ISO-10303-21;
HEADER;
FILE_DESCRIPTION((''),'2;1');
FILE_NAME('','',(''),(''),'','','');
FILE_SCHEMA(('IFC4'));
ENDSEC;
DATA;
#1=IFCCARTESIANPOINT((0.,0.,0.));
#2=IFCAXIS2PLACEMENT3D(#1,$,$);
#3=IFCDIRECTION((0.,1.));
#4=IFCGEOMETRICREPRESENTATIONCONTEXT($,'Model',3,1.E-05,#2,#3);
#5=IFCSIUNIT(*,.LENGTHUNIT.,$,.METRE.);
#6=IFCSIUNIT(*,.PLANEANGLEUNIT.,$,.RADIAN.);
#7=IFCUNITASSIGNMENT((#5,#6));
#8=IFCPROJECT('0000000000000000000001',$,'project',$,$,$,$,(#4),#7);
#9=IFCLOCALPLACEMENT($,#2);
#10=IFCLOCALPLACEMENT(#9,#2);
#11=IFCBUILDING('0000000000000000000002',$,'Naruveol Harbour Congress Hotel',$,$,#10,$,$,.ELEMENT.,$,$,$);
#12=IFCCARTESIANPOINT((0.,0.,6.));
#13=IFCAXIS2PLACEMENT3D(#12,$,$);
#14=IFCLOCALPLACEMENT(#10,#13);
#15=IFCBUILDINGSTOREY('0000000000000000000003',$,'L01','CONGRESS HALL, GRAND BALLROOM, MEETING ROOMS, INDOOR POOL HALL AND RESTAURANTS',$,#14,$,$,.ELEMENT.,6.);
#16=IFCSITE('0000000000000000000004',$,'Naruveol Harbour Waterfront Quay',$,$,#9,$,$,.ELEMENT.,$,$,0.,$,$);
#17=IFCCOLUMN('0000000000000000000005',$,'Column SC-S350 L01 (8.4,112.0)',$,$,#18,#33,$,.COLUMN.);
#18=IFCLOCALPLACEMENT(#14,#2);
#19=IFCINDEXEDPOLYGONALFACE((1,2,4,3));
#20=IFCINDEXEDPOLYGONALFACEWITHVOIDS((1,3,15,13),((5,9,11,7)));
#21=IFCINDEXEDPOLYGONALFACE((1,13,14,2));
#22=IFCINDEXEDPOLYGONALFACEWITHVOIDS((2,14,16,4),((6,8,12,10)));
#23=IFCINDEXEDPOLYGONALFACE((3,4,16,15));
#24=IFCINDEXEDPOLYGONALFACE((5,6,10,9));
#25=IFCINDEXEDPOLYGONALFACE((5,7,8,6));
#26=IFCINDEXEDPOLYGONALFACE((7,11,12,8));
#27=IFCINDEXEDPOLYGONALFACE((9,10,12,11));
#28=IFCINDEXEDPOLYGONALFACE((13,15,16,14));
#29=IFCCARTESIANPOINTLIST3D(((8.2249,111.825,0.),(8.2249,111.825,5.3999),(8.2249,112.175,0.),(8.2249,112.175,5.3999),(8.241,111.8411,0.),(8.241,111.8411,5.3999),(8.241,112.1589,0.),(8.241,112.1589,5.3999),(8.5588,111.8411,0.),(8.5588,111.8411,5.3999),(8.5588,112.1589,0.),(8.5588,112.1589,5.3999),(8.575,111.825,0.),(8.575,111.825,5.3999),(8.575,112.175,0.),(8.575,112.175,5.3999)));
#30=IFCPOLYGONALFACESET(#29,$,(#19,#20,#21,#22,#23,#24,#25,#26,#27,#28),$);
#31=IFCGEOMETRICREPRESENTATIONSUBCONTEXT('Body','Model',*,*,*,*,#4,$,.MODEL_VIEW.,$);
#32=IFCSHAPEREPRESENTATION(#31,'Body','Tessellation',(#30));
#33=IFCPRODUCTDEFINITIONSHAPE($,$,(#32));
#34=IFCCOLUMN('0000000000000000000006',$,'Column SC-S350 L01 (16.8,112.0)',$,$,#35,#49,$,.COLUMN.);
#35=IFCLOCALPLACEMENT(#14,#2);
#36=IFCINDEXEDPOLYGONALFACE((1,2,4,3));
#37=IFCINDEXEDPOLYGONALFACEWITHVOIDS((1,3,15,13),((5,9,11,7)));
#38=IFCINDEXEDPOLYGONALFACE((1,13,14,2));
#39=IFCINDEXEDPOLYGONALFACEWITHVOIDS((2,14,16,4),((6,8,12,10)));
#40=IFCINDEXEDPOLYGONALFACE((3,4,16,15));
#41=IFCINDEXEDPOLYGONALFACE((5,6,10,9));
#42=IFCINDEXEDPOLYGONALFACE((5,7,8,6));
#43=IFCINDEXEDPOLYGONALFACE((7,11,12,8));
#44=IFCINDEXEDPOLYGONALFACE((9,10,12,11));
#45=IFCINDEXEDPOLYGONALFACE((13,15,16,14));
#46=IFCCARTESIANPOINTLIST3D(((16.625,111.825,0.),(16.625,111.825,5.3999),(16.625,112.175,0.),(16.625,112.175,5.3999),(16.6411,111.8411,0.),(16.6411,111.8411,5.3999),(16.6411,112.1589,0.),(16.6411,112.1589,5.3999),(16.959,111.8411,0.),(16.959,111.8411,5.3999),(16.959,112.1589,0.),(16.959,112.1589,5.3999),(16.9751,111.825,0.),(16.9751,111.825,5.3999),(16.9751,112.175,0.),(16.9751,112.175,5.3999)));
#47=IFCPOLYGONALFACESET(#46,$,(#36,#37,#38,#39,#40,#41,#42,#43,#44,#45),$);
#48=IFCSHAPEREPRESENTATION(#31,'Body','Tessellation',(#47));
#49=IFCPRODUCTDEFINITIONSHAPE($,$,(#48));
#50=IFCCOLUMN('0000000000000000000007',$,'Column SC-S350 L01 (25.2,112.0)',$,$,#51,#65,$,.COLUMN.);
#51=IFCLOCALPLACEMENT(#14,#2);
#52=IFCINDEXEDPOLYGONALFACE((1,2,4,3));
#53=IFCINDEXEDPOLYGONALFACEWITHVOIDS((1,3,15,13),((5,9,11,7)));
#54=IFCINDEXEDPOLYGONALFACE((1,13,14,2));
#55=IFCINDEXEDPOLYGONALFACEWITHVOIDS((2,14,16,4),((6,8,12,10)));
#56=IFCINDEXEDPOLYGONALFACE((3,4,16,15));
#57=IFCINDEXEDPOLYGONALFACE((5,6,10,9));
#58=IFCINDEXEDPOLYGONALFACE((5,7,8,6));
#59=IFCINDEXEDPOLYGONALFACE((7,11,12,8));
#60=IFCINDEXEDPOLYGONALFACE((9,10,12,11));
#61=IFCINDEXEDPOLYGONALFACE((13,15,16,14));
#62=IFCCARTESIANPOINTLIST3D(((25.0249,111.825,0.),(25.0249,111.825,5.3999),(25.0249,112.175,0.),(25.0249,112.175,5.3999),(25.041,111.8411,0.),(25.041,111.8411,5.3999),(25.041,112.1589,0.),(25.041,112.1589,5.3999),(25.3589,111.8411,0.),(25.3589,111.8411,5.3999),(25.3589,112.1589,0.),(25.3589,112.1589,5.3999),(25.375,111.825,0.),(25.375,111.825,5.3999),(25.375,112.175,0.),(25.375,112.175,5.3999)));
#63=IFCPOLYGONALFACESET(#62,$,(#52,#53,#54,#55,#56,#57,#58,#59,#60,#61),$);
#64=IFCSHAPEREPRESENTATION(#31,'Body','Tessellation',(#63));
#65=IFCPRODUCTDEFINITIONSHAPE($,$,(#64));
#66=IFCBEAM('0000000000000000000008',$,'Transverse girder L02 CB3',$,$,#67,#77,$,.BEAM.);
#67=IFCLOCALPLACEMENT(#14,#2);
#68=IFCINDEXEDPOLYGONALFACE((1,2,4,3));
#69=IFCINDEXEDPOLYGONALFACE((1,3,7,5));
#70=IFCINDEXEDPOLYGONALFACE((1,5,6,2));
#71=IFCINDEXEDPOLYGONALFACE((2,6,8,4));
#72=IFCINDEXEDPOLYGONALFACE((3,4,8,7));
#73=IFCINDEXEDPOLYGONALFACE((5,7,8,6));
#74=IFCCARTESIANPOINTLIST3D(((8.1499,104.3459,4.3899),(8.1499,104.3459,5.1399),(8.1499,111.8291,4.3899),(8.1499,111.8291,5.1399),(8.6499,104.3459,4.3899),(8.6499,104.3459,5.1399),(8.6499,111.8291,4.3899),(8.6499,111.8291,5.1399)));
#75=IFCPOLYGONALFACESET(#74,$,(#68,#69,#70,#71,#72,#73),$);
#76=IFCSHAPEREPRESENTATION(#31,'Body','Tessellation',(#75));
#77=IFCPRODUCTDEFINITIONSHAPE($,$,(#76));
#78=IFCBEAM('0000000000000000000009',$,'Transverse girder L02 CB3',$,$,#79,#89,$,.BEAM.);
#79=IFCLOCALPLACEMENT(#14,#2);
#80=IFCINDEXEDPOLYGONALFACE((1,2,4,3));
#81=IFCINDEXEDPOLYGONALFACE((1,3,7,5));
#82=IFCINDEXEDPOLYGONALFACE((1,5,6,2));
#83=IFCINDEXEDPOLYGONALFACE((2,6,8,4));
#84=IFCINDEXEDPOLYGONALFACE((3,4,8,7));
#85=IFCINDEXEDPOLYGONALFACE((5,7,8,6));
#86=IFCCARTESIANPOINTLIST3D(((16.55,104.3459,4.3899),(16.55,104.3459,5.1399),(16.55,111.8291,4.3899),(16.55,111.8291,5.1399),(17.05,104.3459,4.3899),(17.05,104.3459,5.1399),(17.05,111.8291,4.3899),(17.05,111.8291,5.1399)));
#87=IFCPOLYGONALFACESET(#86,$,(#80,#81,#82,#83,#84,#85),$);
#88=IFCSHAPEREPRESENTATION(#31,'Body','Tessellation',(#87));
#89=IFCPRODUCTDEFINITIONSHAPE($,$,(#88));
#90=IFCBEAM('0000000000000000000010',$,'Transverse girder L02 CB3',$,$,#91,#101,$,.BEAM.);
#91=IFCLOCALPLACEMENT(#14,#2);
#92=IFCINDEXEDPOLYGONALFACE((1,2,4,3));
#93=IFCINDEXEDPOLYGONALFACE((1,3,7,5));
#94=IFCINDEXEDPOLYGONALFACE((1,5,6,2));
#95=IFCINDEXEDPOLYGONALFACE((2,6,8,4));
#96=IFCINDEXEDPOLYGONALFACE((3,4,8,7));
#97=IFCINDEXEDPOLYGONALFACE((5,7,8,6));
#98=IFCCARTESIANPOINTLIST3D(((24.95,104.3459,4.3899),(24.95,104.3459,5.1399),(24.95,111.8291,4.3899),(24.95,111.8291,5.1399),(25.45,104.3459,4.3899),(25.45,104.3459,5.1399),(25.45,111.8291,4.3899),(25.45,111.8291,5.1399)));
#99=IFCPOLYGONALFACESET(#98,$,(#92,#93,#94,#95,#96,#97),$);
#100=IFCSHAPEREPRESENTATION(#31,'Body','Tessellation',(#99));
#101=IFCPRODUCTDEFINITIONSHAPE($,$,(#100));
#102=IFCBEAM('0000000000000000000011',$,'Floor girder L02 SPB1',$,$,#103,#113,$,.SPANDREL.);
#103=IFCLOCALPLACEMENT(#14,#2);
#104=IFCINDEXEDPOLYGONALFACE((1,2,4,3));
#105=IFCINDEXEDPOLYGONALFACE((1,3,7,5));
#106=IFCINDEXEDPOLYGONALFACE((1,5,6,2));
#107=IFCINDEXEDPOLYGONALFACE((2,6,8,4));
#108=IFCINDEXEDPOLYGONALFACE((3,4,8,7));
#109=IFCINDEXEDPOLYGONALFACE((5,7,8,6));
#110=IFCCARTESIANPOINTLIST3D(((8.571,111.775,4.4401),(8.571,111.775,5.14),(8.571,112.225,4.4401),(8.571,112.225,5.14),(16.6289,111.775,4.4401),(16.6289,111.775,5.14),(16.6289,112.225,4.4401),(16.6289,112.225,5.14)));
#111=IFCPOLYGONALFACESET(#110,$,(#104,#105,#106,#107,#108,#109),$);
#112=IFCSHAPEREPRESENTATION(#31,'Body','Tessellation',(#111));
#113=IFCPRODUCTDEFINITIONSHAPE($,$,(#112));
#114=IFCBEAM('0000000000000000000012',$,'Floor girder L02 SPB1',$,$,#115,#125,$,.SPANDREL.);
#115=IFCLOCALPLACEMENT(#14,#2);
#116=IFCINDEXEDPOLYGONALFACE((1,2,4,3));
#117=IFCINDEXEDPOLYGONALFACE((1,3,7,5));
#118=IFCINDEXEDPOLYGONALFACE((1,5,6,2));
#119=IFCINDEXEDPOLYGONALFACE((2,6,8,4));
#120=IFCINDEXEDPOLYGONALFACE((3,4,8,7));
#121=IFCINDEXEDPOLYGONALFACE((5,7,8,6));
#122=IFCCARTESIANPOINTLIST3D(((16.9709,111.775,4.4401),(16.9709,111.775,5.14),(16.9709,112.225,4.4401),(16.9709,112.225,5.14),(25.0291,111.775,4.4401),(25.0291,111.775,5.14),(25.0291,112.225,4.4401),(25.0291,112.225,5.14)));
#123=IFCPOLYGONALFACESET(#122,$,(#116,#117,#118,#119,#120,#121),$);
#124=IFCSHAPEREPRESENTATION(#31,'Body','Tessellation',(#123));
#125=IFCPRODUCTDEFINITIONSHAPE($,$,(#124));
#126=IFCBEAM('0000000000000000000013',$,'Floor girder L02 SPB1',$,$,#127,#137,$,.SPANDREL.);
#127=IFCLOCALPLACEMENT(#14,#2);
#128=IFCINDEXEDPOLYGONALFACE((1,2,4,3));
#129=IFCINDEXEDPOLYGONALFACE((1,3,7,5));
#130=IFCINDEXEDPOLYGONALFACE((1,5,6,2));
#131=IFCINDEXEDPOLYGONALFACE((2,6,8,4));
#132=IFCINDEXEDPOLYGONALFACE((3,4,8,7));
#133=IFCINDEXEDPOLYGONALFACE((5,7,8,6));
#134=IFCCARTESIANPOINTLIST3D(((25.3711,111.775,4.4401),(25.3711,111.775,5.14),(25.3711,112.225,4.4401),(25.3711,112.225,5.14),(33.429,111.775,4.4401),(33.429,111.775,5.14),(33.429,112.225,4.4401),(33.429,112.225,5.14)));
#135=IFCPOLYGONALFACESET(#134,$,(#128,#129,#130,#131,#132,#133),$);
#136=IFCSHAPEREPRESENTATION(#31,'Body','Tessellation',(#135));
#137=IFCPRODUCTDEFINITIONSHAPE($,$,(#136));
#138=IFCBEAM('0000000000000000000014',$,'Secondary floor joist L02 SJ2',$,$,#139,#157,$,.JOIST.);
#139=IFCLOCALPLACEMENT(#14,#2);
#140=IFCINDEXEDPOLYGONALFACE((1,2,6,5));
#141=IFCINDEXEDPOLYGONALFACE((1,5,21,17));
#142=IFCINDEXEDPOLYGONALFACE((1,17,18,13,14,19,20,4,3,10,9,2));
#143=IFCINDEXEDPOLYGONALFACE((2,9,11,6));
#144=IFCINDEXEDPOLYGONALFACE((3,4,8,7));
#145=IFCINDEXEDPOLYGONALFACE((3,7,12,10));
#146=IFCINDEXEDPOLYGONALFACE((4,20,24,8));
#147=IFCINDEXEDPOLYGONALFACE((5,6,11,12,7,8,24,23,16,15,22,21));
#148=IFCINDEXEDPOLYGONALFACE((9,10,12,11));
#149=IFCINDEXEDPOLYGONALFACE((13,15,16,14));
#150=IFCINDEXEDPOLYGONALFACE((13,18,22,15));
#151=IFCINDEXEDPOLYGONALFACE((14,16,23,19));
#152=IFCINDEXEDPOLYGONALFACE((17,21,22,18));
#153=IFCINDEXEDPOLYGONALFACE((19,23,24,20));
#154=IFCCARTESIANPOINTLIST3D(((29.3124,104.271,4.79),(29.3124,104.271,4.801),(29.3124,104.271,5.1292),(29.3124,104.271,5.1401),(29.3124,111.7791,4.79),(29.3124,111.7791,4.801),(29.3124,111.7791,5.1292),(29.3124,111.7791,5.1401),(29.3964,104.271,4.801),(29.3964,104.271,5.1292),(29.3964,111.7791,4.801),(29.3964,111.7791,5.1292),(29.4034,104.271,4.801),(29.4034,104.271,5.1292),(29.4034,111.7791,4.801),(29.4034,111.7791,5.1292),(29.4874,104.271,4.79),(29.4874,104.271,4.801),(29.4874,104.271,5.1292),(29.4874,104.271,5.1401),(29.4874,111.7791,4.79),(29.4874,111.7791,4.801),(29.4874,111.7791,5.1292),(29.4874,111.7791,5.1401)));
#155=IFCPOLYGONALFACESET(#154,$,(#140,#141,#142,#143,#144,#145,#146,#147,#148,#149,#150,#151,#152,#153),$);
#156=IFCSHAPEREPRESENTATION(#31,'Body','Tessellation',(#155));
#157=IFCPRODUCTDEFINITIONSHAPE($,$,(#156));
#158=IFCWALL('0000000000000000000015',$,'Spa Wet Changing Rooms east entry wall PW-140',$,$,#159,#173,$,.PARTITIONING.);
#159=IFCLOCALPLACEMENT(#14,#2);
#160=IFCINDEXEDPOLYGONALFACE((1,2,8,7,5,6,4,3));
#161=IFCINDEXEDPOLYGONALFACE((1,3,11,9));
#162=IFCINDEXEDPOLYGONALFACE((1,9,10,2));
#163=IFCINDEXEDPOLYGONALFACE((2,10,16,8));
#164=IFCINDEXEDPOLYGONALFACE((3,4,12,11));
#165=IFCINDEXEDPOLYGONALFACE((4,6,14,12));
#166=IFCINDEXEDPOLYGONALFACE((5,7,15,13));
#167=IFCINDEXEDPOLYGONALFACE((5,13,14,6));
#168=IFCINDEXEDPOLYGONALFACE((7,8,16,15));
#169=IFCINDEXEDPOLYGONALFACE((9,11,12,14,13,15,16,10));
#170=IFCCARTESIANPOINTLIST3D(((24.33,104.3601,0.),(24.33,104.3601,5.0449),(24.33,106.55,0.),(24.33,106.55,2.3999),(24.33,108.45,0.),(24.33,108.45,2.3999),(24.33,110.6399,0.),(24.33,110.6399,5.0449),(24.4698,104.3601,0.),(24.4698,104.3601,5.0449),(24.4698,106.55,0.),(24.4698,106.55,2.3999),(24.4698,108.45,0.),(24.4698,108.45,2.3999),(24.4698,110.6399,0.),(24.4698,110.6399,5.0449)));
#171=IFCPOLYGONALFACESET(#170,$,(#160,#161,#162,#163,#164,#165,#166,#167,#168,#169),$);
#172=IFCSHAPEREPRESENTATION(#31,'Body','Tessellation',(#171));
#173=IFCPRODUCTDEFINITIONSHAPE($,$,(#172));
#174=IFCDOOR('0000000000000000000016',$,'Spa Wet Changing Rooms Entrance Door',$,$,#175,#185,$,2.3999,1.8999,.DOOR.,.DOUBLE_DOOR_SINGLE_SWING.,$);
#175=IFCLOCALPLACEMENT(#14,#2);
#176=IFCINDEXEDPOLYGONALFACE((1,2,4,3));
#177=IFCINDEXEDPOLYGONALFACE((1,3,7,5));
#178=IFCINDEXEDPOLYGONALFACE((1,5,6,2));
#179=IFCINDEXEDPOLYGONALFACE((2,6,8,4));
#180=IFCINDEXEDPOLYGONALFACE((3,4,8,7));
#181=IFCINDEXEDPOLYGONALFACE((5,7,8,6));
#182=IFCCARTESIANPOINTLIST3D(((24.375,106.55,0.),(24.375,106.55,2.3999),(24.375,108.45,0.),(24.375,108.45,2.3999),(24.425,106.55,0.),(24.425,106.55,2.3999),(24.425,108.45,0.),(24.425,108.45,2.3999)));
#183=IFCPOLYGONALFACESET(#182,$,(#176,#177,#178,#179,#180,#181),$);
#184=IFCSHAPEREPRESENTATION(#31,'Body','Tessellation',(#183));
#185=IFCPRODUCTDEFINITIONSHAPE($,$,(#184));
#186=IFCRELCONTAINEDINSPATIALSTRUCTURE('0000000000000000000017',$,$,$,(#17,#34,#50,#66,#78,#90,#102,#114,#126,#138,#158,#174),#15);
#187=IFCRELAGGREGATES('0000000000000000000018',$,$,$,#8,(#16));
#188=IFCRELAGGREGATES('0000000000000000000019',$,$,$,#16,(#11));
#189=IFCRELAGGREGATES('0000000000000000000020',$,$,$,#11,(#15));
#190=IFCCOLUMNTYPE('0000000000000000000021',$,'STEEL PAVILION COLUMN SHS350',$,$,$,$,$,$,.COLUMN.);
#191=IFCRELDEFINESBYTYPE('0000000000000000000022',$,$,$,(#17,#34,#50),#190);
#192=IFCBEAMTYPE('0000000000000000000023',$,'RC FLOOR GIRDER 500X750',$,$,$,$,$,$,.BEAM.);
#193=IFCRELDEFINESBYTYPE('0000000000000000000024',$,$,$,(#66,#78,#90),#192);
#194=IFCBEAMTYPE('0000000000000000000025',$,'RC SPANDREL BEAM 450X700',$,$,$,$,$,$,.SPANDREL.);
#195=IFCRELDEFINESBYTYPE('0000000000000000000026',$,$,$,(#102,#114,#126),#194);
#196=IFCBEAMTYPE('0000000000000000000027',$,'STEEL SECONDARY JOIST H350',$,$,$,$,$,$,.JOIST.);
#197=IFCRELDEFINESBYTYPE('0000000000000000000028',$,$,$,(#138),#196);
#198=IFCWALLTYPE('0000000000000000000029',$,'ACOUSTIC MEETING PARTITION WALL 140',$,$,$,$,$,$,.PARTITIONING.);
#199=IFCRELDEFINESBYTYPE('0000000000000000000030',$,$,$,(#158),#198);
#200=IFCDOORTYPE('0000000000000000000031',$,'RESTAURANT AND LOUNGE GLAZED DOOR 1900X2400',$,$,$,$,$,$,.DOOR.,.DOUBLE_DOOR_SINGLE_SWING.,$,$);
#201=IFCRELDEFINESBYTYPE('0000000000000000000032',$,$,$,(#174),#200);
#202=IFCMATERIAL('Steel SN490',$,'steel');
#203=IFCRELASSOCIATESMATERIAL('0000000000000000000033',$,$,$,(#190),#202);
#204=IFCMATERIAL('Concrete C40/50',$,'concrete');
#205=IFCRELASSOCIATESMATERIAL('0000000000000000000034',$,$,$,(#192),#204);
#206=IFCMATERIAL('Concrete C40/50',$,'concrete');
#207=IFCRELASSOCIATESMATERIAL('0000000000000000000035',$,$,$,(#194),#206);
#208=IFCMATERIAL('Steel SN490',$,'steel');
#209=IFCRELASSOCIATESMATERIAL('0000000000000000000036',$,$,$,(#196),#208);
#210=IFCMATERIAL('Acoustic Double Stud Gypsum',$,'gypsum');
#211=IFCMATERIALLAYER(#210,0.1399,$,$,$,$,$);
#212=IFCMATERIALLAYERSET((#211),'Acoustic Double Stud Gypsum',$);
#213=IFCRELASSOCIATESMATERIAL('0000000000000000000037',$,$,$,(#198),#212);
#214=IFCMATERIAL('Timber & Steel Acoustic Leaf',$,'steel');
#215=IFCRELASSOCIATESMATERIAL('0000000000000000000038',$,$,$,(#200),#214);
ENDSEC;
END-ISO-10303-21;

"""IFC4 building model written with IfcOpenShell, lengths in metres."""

from ifc_helpers import new_model, si_unit, direction, frame, frame_2d, origin, origin_2d, place, context, subcontext, project, spatial, rectangle, hollow_rectangle, i_section, extrude, material, layer, layer_set, material_profile, profile_set, type_object, element, fill, save


model = new_model("IFC4")

# Units and contexts
model_context = context("Model", 3, precision=1e-05, world=origin(), true_north=direction((0.0, 1.0)))
body_context = subcontext(model_context, "Body", "Model", "MODEL_VIEW")
ifc_project = project(units=[si_unit("LENGTHUNIT", "METRE"), si_unit("PLANEANGLEUNIT", "RADIAN")], contexts=[model_context])

# Site, building, storey
site_placement = place(None, origin())
site = spatial("IfcSite", under=ifc_project, at=site_placement, Name="Naruveol Harbour Waterfront Quay", CompositionType="ELEMENT", RefElevation=0.0)
building_placement = place(site_placement, origin())
building = spatial("IfcBuilding", under=site, at=building_placement, Name="Naruveol Harbour Congress Hotel", CompositionType="ELEMENT")
storey_placement = place(building_placement, frame((0.0, 0.0, 6.0)))
storey = spatial("IfcBuildingStorey", under=building, at=storey_placement, Name="L01", Description="CONGRESS HALL, GRAND BALLROOM, MEETING ROOMS, INDOOR POOL HALL AND RESTAURANTS", CompositionType="ELEMENT", Elevation=6.0)

# Columns
ifc_material_1 = material(Name="Steel SN490", Category="steel")
ifc_material_profile_1 = material_profile(ifc_material_1, hollow_rectangle(XDim=0.3501, YDim=0.3501, WallThickness=0.0161, at=origin_2d()), Name="SHS-350x350x16")
ifc_profile_set_1 = profile_set([ifc_material_profile_1], Name="Steel SN490")
column_type = type_object("IfcColumnType", Name="STEEL PAVILION COLUMN SHS350", PredefinedType="COLUMN", material=ifc_profile_set_1)
for number, where, z_axis, x_axis, name in (
    (1, (8.3999, 112.0, 0.0), (0.0, 0.0, 1.0), (1.0, 0.0, 0.0), "Column SC-S350 L01 (8.4,112.0)"),
    (2, (16.8, 112.0, 0.0), (0.0, 0.0, 1.0), (1.0, 0.0, 0.0), "Column SC-S350 L01 (16.8,112.0)"),
    (3, (25.2, 112.0, 0.0), (0.0, 0.0, 1.0), (1.0, 0.0, 0.0), "Column SC-S350 L01 (25.2,112.0)"),
):
    element("IfcColumn", number, at=place(storey_placement, frame(where, z_axis=z_axis, x_axis=x_axis)), inside=storey, type_object=column_type, Name=name, PredefinedType="COLUMN", context=body_context, shape_type="SweptSolid", body=[
        extrude(hollow_rectangle(XDim=0.3501, YDim=0.3501, WallThickness=0.0161, at=origin_2d()), origin(), (0.0, 0.0, 1.0), 5.3999),
    ])

# Beams
ifc_material_2 = material(Name="Concrete C40/50", Category="concrete")
ifc_material_profile_2 = material_profile(ifc_material_2, rectangle(XDim=0.5, YDim=0.75, at=origin_2d()), Name="RCB-500x750")
ifc_profile_set_2 = profile_set([ifc_material_profile_2], Name="Concrete C40/50")
beam_type_1 = type_object("IfcBeamType", Name="RC FLOOR GIRDER 500X750", PredefinedType="BEAM", material=ifc_profile_set_2)
for number, where, z_axis, x_axis, name in (
    (4, (8.3999, 104.3459, 4.7649), (0.0, 1.0, 0.0), (-1.0, 0.0, 0.0), "Transverse girder L02 CB3"),
    (5, (16.8, 104.3459, 4.7649), (0.0, 1.0, 0.0), (-1.0, 0.0, 0.0), "Transverse girder L02 CB3"),
    (6, (25.2, 104.3459, 4.7649), (0.0, 1.0, 0.0), (-1.0, 0.0, 0.0), "Transverse girder L02 CB3"),
):
    element("IfcBeam", number, at=place(storey_placement, frame(where, z_axis=z_axis, x_axis=x_axis)), inside=storey, type_object=beam_type_1, Name=name, PredefinedType="BEAM", context=body_context, shape_type="SweptSolid", body=[
        extrude(rectangle(XDim=0.5, YDim=0.75, at=origin_2d()), origin(), (0.0, 0.0, 1.0), 7.4832),
    ])
ifc_material_3 = material(Name="Concrete C40/50", Category="concrete")
ifc_material_profile_3 = material_profile(ifc_material_3, rectangle(XDim=0.45, YDim=0.7, at=origin_2d()), Name="RCB-450x700")
ifc_profile_set_3 = profile_set([ifc_material_profile_3], Name="Concrete C40/50")
beam_type_2 = type_object("IfcBeamType", Name="RC SPANDREL BEAM 450X700", PredefinedType="SPANDREL", material=ifc_profile_set_3)
beam_1_placement = place(storey_placement, frame((8.571, 112.0, 4.79), z_axis=(1.0, 0.0, 0.0), x_axis=(0.0, 1.0, 0.0)))
element("IfcBeam", 7, at=beam_1_placement, inside=storey, type_object=beam_type_2, Name="Floor girder L02 SPB1", PredefinedType="SPANDREL", context=body_context, shape_type="SweptSolid", body=[
    extrude(rectangle(XDim=0.45, YDim=0.7, at=origin_2d()), origin(), (0.0, 0.0, 1.0), 8.0579),
])
beam_2_placement = place(storey_placement, frame((16.9709, 112.0, 4.79), z_axis=(1.0, 0.0, 0.0), x_axis=(0.0, 1.0, 0.0)))
element("IfcBeam", 8, at=beam_2_placement, inside=storey, type_object=beam_type_2, Name="Floor girder L02 SPB1", PredefinedType="SPANDREL", context=body_context, shape_type="SweptSolid", body=[
    extrude(rectangle(XDim=0.45, YDim=0.7, at=origin_2d()), origin(), (0.0, 0.0, 1.0), 8.0581),
])
beam_3_placement = place(storey_placement, frame((25.3711, 112.0, 4.79), z_axis=(1.0, 0.0, 0.0), x_axis=(0.0, 1.0, 0.0)))
element("IfcBeam", 9, at=beam_3_placement, inside=storey, type_object=beam_type_2, Name="Floor girder L02 SPB1", PredefinedType="SPANDREL", context=body_context, shape_type="SweptSolid", body=[
    extrude(rectangle(XDim=0.45, YDim=0.7, at=origin_2d()), origin(), (0.0, 0.0, 1.0), 8.0579),
])
ifc_material_4 = material(Name="Steel SN490", Category="steel")
ifc_material_profile_4 = material_profile(ifc_material_4, i_section(OverallWidth=0.175, OverallDepth=0.3501, WebThickness=0.0071, FlangeThickness=0.011, at=origin_2d()), Name="H-350x175x7x11")
ifc_profile_set_4 = profile_set([ifc_material_profile_4], Name="Steel SN490")
beam_type_3 = type_object("IfcBeamType", Name="STEEL SECONDARY JOIST H350", PredefinedType="JOIST", material=ifc_profile_set_4)
beam_4_placement = place(storey_placement, frame((29.3999, 104.271, 4.9651), z_axis=(0.0, 1.0, 0.0), x_axis=(-1.0, 0.0, 0.0)))
element("IfcBeam", 10, at=beam_4_placement, inside=storey, type_object=beam_type_3, Name="Secondary floor joist L02 SJ2", PredefinedType="JOIST", context=body_context, shape_type="SweptSolid", body=[
    extrude(i_section(OverallWidth=0.175, OverallDepth=0.3501, WebThickness=0.0071, FlangeThickness=0.011, at=origin_2d()), origin(), (0.0, 0.0, 1.0), 7.5081),
])

# Wall, opening, door
ifc_material_5 = material(Name="Acoustic Double Stud Gypsum", Category="gypsum")
ifc_layer_1 = layer(ifc_material_5, 0.1399)
ifc_layer_set_1 = layer_set([ifc_layer_1], Name="Acoustic Double Stud Gypsum")
wall_type_1 = type_object("IfcWallType", Name="ACOUSTIC MEETING PARTITION WALL 140", PredefinedType="PARTITIONING", material=ifc_layer_set_1)
wall_1_placement = place(storey_placement, frame((24.3999, 104.3601, 0.0), z_axis=(0.0, 0.0, 1.0), x_axis=(0.0, 1.0, 0.0)))
wall_1 = element("IfcWall", 11, at=wall_1_placement, inside=storey, type_object=wall_type_1, Name="Spa Wet Changing Rooms east entry wall PW-140", PredefinedType="PARTITIONING", context=body_context, shape_type="SweptSolid", body=[
    extrude(rectangle(XDim=6.2798, YDim=0.1399, at=frame_2d((3.1399, 0.0))), origin(), (0.0, 0.0, 1.0), 5.0449),
])
opening_1_placement = place(wall_1_placement, frame((2.1899, 0.0, 0.0)))
opening_1 = element("IfcOpeningElement", 12, at=opening_1_placement, cuts=wall_1, PredefinedType="OPENING", context=body_context, shape_type="SweptSolid", body=[
    extrude(rectangle(XDim=1.8999, YDim=2.3999, at=frame_2d((0.95, 1.2))), frame((0.0, 0.0798, 0.0), z_axis=(0.0, -1.0, 0.0), x_axis=(1.0, 0.0, 0.0)), (0.0, 0.0, 1.0), 0.1599),
])
ifc_material_6 = material(Name="Timber & Steel Acoustic Leaf", Category="steel")
door_type = type_object("IfcDoorType", Name="RESTAURANT AND LOUNGE GLAZED DOOR 1900X2400", OperationType="DOUBLE_DOOR_SINGLE_SWING", PredefinedType="DOOR", material=ifc_material_6)
door_placement = place(opening_1_placement, origin())
door = element("IfcDoor", 13, at=door_placement, inside=storey, type_object=door_type, Name="Spa Wet Changing Rooms Entrance Door", OperationType="DOUBLE_DOOR_SINGLE_SWING", OverallHeight=2.3999, OverallWidth=1.8999, PredefinedType="DOOR", context=body_context, shape_type="SweptSolid", body=[
    extrude(rectangle(XDim=1.8999, YDim=2.3999, at=frame_2d((0.95, 1.2))), frame((0.0, 0.0249, 0.0), z_axis=(0.0, -1.0, 0.0), x_axis=(1.0, 0.0, 0.0)), (0.0, 0.0, 1.0), 0.05),
])
fill(opening_1, door)

save(model, "model.ifc")
